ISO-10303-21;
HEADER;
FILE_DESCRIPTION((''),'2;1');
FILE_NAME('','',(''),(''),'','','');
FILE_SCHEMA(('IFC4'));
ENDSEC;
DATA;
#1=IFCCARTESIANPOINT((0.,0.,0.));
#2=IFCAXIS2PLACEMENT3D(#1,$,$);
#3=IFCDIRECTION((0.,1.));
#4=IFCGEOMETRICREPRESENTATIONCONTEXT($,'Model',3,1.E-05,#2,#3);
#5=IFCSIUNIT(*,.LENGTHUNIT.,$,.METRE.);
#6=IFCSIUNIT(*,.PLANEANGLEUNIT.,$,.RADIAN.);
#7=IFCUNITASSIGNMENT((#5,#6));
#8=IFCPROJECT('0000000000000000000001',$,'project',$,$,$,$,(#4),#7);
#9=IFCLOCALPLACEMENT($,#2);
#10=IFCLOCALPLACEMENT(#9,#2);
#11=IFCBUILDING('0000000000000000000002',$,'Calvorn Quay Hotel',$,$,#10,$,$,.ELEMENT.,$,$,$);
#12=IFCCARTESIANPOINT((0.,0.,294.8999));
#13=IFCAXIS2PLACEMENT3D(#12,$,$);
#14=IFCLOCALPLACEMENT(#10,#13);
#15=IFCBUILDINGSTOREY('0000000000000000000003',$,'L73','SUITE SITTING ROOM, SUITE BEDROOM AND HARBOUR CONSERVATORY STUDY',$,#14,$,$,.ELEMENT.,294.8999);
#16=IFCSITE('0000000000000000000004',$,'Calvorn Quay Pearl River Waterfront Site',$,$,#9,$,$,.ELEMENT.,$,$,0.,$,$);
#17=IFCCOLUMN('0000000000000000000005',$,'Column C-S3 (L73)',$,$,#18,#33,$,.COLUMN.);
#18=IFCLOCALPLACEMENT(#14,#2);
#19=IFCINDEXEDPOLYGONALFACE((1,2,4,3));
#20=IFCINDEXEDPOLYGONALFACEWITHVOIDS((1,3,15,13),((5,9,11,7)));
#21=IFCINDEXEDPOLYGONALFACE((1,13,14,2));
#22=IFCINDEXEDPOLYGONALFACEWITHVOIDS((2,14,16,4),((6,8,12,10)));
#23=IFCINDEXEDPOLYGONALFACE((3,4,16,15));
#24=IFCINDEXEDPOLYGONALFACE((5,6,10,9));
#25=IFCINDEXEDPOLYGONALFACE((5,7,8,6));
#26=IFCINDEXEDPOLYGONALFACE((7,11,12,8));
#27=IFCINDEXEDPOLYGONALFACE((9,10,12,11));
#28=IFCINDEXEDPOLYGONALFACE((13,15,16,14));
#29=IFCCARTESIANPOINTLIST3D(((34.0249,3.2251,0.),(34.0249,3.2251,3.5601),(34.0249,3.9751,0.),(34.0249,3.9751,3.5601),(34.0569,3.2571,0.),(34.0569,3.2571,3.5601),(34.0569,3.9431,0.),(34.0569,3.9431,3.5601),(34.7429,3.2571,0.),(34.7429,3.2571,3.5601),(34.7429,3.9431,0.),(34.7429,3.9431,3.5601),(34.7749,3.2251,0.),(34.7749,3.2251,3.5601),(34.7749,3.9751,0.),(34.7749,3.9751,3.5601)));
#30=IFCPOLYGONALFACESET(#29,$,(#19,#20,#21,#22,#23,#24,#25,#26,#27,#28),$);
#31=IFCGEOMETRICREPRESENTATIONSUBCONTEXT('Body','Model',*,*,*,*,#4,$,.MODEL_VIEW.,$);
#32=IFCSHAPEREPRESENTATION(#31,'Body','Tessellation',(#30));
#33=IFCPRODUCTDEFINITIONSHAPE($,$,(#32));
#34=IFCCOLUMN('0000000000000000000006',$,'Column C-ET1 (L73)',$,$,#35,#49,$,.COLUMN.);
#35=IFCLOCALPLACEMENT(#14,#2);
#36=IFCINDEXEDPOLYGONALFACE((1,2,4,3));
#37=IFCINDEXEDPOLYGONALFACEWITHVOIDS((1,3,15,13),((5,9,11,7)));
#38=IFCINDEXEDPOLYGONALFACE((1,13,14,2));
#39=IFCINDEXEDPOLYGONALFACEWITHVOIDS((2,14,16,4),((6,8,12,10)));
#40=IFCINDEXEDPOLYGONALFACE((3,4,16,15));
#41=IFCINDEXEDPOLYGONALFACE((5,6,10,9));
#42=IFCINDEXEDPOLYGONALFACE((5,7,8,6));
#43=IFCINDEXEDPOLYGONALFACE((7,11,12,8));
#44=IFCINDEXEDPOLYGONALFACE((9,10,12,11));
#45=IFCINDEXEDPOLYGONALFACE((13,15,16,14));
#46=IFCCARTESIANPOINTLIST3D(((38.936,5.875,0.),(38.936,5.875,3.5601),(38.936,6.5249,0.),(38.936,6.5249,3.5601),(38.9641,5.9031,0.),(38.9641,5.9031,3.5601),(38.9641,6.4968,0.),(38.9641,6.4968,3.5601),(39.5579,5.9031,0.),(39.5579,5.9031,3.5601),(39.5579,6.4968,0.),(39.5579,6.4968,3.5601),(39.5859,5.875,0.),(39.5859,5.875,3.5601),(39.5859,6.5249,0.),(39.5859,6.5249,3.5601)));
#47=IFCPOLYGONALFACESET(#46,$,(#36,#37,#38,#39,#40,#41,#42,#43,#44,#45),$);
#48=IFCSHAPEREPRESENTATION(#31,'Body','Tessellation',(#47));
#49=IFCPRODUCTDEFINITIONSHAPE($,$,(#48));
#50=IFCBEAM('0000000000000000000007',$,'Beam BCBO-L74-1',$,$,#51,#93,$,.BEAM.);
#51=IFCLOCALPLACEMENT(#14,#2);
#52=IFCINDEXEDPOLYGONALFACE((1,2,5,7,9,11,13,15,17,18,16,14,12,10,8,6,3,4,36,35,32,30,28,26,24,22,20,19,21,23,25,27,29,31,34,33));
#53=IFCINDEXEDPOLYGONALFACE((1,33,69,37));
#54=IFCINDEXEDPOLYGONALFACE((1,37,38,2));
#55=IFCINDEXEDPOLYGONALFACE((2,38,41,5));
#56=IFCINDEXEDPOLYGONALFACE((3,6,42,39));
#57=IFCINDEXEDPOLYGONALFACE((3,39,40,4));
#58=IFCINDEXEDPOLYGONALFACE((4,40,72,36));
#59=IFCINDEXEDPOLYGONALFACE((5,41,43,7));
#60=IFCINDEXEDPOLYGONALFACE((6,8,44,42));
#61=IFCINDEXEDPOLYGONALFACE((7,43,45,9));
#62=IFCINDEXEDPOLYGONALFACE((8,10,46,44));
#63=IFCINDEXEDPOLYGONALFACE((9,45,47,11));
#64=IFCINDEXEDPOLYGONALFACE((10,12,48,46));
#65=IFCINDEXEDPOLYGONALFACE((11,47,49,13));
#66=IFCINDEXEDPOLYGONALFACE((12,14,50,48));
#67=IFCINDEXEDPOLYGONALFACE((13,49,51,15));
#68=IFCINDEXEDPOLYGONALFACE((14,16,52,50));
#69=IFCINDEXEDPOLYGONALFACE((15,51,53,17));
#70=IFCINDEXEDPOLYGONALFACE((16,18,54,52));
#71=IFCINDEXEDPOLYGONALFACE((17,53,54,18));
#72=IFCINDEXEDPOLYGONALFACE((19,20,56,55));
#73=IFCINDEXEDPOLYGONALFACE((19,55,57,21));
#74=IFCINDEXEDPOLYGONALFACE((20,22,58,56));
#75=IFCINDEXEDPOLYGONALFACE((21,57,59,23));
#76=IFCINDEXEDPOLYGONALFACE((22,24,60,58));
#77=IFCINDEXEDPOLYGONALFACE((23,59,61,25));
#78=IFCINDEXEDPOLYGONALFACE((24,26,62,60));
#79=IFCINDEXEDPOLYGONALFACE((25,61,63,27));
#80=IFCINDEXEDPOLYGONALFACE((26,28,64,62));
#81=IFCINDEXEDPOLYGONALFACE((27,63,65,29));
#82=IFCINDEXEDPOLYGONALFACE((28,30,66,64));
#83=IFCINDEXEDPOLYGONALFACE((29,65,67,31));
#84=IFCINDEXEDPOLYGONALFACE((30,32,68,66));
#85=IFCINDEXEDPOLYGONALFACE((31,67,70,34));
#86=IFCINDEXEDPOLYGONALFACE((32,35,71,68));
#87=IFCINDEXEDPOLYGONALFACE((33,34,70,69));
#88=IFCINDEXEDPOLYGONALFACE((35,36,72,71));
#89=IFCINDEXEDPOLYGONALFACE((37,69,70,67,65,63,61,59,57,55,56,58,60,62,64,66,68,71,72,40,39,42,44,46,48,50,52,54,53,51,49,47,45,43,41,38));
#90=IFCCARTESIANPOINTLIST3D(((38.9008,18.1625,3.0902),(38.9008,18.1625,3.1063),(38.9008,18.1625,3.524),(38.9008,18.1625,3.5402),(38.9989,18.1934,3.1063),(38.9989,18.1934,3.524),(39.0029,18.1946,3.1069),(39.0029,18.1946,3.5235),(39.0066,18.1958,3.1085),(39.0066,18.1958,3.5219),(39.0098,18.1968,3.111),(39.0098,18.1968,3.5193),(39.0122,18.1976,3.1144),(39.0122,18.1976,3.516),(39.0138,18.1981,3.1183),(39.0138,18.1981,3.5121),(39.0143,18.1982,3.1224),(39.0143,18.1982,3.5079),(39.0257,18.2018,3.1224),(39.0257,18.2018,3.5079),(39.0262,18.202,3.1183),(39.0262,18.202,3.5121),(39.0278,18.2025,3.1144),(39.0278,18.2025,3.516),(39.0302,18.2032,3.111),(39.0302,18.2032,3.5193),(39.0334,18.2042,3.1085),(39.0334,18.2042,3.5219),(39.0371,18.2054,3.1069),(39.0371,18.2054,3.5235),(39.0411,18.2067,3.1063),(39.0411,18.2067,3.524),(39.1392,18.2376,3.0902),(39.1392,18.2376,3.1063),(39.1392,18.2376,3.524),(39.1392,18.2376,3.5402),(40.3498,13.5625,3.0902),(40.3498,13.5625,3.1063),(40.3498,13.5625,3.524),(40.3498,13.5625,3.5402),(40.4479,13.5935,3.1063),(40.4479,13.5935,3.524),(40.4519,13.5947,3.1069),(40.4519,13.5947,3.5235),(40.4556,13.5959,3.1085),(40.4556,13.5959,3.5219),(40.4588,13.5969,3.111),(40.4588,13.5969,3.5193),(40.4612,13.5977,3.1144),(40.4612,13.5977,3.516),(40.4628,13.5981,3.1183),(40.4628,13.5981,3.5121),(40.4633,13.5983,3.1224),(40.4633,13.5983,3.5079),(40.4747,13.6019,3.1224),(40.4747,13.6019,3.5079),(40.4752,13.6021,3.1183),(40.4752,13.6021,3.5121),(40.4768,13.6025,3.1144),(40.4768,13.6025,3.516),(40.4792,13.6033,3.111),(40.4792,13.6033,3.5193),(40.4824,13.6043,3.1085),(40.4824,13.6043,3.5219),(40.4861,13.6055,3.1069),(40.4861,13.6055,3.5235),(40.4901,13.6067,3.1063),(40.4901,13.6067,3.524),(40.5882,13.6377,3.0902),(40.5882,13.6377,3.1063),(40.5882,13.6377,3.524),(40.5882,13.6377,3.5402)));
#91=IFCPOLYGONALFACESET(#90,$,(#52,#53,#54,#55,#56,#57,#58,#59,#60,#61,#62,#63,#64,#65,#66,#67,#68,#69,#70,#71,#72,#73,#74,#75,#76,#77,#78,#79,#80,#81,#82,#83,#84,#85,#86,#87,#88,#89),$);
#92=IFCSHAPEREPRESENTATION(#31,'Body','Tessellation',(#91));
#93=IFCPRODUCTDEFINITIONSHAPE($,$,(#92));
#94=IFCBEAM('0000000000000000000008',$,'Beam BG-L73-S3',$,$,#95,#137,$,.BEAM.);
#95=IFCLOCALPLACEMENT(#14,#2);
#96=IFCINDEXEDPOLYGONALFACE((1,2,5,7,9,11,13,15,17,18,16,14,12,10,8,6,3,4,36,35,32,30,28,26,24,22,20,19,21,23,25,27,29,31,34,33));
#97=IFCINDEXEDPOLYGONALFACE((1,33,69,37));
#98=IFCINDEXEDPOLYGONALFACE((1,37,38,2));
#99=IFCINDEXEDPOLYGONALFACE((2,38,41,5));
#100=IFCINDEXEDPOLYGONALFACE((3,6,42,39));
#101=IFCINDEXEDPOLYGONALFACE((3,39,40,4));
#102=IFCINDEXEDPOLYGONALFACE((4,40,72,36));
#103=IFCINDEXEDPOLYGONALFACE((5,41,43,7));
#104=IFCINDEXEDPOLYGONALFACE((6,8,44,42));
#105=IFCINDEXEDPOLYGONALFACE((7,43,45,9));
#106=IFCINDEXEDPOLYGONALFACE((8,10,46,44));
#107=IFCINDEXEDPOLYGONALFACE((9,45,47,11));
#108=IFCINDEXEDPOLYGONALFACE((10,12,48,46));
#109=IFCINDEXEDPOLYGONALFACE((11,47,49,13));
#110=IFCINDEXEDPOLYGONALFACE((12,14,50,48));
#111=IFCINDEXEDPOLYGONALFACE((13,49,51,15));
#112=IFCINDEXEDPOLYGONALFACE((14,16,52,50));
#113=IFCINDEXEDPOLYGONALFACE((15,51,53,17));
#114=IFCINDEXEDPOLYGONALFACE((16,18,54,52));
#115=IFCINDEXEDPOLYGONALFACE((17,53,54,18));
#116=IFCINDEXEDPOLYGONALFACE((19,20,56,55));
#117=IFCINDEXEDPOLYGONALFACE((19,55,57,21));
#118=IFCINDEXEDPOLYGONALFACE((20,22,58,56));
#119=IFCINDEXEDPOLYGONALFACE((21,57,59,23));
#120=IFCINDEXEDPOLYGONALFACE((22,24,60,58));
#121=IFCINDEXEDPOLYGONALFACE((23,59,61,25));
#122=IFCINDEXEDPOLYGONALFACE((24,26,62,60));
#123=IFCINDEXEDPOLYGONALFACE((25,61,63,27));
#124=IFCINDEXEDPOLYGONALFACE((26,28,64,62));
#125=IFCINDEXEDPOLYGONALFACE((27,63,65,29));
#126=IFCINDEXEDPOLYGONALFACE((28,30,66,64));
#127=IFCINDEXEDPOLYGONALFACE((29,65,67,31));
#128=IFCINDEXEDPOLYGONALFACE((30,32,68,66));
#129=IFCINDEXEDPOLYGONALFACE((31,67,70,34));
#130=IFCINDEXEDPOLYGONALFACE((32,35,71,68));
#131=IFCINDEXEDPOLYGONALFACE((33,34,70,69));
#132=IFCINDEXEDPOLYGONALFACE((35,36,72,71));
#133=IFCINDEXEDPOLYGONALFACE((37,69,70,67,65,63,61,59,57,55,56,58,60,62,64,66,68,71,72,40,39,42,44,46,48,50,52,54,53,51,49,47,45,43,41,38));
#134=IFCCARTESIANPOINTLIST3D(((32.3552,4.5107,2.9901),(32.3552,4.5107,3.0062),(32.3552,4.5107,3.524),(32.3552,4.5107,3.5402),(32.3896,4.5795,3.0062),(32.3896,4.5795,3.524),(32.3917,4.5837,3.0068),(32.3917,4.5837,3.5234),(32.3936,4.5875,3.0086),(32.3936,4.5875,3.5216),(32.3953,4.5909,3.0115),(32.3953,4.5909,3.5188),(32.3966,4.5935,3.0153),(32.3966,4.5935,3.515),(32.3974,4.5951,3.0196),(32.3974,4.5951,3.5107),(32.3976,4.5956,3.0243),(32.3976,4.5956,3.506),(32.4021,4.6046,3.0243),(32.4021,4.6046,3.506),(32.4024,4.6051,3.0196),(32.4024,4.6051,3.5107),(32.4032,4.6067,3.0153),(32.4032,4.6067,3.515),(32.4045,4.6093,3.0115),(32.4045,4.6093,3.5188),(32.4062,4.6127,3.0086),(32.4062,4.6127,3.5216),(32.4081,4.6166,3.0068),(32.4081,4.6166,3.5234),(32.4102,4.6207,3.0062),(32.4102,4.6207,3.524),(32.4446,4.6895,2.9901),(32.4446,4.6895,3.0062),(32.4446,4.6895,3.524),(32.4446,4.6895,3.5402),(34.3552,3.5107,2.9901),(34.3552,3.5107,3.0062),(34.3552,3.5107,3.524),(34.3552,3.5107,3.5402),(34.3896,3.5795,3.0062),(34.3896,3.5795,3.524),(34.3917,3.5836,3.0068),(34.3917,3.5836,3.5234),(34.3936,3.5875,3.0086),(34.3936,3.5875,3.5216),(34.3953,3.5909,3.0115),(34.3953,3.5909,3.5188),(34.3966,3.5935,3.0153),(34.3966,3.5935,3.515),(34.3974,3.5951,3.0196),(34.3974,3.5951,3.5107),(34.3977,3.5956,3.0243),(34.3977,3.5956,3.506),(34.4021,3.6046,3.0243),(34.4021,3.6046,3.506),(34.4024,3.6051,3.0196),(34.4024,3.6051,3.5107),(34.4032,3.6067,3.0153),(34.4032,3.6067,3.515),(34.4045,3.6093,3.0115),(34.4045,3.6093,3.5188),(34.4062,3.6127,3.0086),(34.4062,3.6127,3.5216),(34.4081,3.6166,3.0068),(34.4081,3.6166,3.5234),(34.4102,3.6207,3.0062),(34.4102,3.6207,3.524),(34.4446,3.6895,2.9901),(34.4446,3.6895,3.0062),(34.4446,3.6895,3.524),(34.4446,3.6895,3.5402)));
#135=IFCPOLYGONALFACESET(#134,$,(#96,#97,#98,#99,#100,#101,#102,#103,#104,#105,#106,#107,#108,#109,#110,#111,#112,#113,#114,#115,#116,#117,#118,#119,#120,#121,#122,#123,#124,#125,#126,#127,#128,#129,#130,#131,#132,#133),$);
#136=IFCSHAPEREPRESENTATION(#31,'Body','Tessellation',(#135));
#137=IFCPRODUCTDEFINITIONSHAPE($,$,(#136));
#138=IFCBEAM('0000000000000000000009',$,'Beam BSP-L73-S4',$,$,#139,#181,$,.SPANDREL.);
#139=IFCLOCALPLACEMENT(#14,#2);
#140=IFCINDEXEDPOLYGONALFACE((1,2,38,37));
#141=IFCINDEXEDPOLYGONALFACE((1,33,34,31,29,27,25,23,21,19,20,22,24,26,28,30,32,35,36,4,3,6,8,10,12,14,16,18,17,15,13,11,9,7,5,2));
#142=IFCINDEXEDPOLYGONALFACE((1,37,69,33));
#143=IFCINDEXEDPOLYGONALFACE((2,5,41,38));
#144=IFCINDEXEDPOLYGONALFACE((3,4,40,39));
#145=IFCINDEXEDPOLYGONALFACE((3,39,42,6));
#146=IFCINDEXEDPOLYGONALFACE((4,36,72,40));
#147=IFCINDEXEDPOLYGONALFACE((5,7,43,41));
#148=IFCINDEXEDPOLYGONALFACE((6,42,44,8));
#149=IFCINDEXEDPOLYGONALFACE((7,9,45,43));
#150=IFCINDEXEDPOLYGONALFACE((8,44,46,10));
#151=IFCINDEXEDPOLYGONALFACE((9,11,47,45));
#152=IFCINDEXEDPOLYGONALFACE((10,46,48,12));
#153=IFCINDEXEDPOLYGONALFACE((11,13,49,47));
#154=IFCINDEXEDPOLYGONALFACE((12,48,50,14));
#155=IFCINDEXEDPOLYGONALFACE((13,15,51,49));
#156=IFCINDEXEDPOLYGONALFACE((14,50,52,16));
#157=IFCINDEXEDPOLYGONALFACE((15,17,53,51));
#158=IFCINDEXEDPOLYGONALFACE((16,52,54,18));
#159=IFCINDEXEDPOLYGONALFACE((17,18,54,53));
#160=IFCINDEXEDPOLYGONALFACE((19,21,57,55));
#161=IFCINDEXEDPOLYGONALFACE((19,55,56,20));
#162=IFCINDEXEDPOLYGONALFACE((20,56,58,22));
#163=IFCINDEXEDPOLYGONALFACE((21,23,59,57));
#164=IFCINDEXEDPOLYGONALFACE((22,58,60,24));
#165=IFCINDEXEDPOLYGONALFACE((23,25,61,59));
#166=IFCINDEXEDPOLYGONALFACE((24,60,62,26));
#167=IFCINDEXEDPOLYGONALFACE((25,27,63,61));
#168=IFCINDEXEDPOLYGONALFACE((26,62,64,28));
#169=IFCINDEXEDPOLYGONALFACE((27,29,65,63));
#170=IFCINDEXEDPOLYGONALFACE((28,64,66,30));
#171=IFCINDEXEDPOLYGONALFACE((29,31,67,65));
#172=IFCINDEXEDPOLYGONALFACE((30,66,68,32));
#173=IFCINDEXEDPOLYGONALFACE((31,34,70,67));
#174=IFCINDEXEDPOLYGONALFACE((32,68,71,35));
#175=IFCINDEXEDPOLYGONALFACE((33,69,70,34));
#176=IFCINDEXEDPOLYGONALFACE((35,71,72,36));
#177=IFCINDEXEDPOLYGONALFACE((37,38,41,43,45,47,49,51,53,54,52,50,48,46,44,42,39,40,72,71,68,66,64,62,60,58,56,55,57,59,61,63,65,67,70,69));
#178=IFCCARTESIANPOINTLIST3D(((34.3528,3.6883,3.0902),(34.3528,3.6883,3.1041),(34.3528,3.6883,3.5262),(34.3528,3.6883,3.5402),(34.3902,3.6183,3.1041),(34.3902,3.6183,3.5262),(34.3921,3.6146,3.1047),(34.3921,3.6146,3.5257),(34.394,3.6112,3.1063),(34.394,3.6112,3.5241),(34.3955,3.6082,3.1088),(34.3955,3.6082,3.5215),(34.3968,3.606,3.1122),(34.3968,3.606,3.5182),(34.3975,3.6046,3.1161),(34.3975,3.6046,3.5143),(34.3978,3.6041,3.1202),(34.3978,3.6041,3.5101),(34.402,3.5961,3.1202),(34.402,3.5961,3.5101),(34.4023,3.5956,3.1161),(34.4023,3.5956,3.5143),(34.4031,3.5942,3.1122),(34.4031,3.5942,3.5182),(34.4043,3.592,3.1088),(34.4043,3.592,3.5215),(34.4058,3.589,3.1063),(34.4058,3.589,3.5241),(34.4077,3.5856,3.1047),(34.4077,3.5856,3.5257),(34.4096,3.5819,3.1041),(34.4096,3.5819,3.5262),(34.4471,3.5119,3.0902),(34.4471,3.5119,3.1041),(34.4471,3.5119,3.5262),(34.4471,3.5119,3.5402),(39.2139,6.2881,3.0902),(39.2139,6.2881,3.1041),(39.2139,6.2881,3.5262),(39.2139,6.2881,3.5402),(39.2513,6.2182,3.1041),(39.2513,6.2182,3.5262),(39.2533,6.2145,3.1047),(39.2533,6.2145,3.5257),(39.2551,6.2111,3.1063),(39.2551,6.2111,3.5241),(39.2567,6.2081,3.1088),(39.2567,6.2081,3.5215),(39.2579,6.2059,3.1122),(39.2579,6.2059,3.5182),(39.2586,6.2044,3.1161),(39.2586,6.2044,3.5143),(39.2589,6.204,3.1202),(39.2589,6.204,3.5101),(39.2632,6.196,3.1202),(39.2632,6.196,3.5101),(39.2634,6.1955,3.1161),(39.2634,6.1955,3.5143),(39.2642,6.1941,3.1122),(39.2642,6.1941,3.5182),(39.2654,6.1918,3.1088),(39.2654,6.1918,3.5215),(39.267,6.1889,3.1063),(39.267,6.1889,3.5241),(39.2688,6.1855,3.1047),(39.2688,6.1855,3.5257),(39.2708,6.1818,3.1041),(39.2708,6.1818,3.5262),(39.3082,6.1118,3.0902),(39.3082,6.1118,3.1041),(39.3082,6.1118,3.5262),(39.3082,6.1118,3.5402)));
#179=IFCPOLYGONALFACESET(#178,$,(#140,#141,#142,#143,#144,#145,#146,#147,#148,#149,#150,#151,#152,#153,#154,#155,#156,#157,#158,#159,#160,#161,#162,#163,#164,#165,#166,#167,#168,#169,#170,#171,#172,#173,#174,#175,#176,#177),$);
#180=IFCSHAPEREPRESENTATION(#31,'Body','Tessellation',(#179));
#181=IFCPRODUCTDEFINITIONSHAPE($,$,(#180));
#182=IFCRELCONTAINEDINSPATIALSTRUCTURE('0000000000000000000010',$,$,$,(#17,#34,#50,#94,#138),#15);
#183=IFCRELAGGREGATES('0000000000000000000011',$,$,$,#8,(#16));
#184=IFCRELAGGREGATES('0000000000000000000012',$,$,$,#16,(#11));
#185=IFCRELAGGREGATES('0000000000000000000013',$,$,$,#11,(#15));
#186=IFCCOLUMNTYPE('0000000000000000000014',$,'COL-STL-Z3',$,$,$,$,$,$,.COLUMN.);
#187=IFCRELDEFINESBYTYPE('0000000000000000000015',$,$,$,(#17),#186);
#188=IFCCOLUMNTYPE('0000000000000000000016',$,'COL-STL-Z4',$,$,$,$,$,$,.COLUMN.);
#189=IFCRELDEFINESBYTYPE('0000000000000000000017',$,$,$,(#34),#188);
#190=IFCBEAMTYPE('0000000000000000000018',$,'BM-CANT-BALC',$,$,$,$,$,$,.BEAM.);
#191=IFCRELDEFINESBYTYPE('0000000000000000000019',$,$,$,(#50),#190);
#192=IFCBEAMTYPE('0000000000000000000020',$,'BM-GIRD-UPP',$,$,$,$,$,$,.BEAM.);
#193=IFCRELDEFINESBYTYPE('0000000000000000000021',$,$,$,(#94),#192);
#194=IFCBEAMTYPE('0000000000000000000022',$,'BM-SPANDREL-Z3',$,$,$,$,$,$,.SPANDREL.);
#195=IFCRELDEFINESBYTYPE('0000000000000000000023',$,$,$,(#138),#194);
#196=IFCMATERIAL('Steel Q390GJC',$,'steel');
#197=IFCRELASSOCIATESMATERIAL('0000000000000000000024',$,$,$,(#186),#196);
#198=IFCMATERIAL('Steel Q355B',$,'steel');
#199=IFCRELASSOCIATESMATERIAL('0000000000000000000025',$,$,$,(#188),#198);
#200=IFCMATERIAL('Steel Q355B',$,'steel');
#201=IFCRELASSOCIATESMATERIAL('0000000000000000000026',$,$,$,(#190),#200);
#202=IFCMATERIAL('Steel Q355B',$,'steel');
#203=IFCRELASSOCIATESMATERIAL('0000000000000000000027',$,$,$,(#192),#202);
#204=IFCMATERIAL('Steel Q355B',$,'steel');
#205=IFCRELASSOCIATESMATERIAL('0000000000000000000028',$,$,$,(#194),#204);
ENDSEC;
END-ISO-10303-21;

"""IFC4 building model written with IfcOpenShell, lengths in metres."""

from ifc_helpers import new_model, si_unit, direction, frame, origin, origin_2d, place, context, subcontext, project, spatial, hollow_rectangle, i_section, extrude, material, material_profile, profile_set, type_object, element, save


model = new_model("IFC4")

# Units and contexts
model_context = context("Model", 3, precision=1e-05, world=origin(), true_north=direction((0.0, 1.0)))
body_context = subcontext(model_context, "Body", "Model", "MODEL_VIEW")
ifc_project = project(units=[si_unit("LENGTHUNIT", "METRE"), si_unit("PLANEANGLEUNIT", "RADIAN")], contexts=[model_context])

# Site, building, storey
site_placement = place(None, origin())
site = spatial("IfcSite", under=ifc_project, at=site_placement, Name="Calvorn Quay Pearl River Waterfront Site", CompositionType="ELEMENT", RefElevation=0.0)
building_placement = place(site_placement, origin())
building = spatial("IfcBuilding", under=site, at=building_placement, Name="Calvorn Quay Hotel", CompositionType="ELEMENT")
storey_placement = place(building_placement, frame((0.0, 0.0, 294.8999)))
storey = spatial("IfcBuildingStorey", under=building, at=storey_placement, Name="L73", Description="SUITE SITTING ROOM, SUITE BEDROOM AND HARBOUR CONSERVATORY STUDY", CompositionType="ELEMENT", Elevation=294.8999)

# Columns
ifc_material_1 = material(Name="Steel Q390GJC", Category="steel")
ifc_material_profile_1 = material_profile(ifc_material_1, hollow_rectangle(XDim=0.75, YDim=0.75, WallThickness=0.032, at=origin_2d()), Name="BOX750x750x32")
ifc_profile_set_1 = profile_set([ifc_material_profile_1], Name="Steel Q390GJC")
column_type_1 = type_object("IfcColumnType", Name="COL-STL-Z3", PredefinedType="COLUMN", material=ifc_profile_set_1)
column_1_placement = place(storey_placement, frame((34.3999, 3.6001, 0.0), z_axis=(0.0, 0.0, 1.0), x_axis=(1.0, 0.0, 0.0)))
element("IfcColumn", 1, at=column_1_placement, inside=storey, type_object=column_type_1, Name="Column C-S3 (L73)", PredefinedType="COLUMN", context=body_context, shape_type="SweptSolid", body=[
    extrude(hollow_rectangle(XDim=0.75, YDim=0.75, WallThickness=0.032, at=origin_2d()), origin(), (0.0, 0.0, 1.0), 3.5601),
])
ifc_material_2 = material(Name="Steel Q355B", Category="steel")
ifc_material_profile_2 = material_profile(ifc_material_2, hollow_rectangle(XDim=0.6499, YDim=0.6499, WallThickness=0.0281, at=origin_2d()), Name="BOX650x650x28")
ifc_profile_set_2 = profile_set([ifc_material_profile_2], Name="Steel Q355B")
column_type_2 = type_object("IfcColumnType", Name="COL-STL-Z4", PredefinedType="COLUMN", material=ifc_profile_set_2)
column_2_placement = place(storey_placement, frame((39.261, 6.2, 0.0), z_axis=(0.0, 0.0, 1.0), x_axis=(1.0, 0.0, 0.0)))
element("IfcColumn", 2, at=column_2_placement, inside=storey, type_object=column_type_2, Name="Column C-ET1 (L73)", PredefinedType="COLUMN", context=body_context, shape_type="SweptSolid", body=[
    extrude(hollow_rectangle(XDim=0.6499, YDim=0.6499, WallThickness=0.0281, at=origin_2d()), origin(), (0.0, 0.0, 1.0), 3.5601),
])

# Beams
ifc_material_3 = material(Name="Steel Q355B", Category="steel")
ifc_material_profile_3 = material_profile(ifc_material_3, i_section(OverallWidth=0.25, OverallDepth=0.45, WebThickness=0.012, FlangeThickness=0.0161, FilletRadius=0.0161, at=origin_2d()), Name="HN450x250x12x16")
ifc_profile_set_3 = profile_set([ifc_material_profile_3], Name="Steel Q355B")
beam_type_1 = type_object("IfcBeamType", Name="BM-CANT-BALC", PredefinedType="BEAM", material=ifc_profile_set_3)
beam_1_placement = place(storey_placement, frame((40.469, 13.6001, 3.3152), z_axis=(-0.30045, 0.953797, 0.0), x_axis=(-0.953797, -0.30045, 0.0)))
element("IfcBeam", 3, at=beam_1_placement, inside=storey, type_object=beam_type_1, Name="Beam BCBO-L74-1", PredefinedType="BEAM", context=body_context, shape_type="SweptSolid", body=[
    extrude(i_section(OverallWidth=0.25, OverallDepth=0.45, WebThickness=0.012, FlangeThickness=0.0161, FilletRadius=0.0161, at=origin_2d()), origin(), (0.0, 0.0, 1.0), 4.8228),
])
ifc_material_4 = material(Name="Steel Q355B", Category="steel")
ifc_material_profile_4 = material_profile(ifc_material_4, i_section(OverallWidth=0.2, OverallDepth=0.55, WebThickness=0.01, FlangeThickness=0.0161, FilletRadius=0.0181, at=origin_2d()), Name="HN550x200x10x16")
ifc_profile_set_4 = profile_set([ifc_material_profile_4], Name="Steel Q355B")
beam_type_2 = type_object("IfcBeamType", Name="BM-GIRD-UPP", PredefinedType="BEAM", material=ifc_profile_set_4)
beam_2_placement = place(storey_placement, frame((34.3999, 3.6001, 3.2651), z_axis=(-0.894427, 0.447214, 0.0), x_axis=(-0.447214, -0.894427, 0.0)))
element("IfcBeam", 4, at=beam_2_placement, inside=storey, type_object=beam_type_2, Name="Beam BG-L73-S3", PredefinedType="BEAM", context=body_context, shape_type="SweptSolid", body=[
    extrude(i_section(OverallWidth=0.2, OverallDepth=0.55, WebThickness=0.01, FlangeThickness=0.0161, FilletRadius=0.0181, at=origin_2d()), origin(), (0.0, 0.0, 1.0), 2.2361),
])
ifc_material_5 = material(Name="Steel Q355B", Category="steel")
ifc_material_profile_5 = material_profile(ifc_material_5, i_section(OverallWidth=0.2, OverallDepth=0.45, WebThickness=0.009, FlangeThickness=0.0139, FilletRadius=0.0161, at=origin_2d()), Name="HN450x200x9x14")
ifc_profile_set_5 = profile_set([ifc_material_profile_5], Name="Steel Q355B")
beam_type_3 = type_object("IfcBeamType", Name="BM-SPANDREL-Z3", PredefinedType="SPANDREL", material=ifc_profile_set_5)
beam_3_placement = place(storey_placement, frame((34.3999, 3.6001, 3.3152), z_axis=(0.881804, 0.471615, 0.0), x_axis=(-0.471615, 0.881804, 0.0)))
element("IfcBeam", 5, at=beam_3_placement, inside=storey, type_object=beam_type_3, Name="Beam BSP-L73-S4", PredefinedType="SPANDREL", context=body_context, shape_type="SweptSolid", body=[
    extrude(i_section(OverallWidth=0.2, OverallDepth=0.45, WebThickness=0.009, FlangeThickness=0.0139, FilletRadius=0.0161, at=origin_2d()), origin(), (0.0, 0.0, 1.0), 5.5127),
])

save(model, "model.ifc")
